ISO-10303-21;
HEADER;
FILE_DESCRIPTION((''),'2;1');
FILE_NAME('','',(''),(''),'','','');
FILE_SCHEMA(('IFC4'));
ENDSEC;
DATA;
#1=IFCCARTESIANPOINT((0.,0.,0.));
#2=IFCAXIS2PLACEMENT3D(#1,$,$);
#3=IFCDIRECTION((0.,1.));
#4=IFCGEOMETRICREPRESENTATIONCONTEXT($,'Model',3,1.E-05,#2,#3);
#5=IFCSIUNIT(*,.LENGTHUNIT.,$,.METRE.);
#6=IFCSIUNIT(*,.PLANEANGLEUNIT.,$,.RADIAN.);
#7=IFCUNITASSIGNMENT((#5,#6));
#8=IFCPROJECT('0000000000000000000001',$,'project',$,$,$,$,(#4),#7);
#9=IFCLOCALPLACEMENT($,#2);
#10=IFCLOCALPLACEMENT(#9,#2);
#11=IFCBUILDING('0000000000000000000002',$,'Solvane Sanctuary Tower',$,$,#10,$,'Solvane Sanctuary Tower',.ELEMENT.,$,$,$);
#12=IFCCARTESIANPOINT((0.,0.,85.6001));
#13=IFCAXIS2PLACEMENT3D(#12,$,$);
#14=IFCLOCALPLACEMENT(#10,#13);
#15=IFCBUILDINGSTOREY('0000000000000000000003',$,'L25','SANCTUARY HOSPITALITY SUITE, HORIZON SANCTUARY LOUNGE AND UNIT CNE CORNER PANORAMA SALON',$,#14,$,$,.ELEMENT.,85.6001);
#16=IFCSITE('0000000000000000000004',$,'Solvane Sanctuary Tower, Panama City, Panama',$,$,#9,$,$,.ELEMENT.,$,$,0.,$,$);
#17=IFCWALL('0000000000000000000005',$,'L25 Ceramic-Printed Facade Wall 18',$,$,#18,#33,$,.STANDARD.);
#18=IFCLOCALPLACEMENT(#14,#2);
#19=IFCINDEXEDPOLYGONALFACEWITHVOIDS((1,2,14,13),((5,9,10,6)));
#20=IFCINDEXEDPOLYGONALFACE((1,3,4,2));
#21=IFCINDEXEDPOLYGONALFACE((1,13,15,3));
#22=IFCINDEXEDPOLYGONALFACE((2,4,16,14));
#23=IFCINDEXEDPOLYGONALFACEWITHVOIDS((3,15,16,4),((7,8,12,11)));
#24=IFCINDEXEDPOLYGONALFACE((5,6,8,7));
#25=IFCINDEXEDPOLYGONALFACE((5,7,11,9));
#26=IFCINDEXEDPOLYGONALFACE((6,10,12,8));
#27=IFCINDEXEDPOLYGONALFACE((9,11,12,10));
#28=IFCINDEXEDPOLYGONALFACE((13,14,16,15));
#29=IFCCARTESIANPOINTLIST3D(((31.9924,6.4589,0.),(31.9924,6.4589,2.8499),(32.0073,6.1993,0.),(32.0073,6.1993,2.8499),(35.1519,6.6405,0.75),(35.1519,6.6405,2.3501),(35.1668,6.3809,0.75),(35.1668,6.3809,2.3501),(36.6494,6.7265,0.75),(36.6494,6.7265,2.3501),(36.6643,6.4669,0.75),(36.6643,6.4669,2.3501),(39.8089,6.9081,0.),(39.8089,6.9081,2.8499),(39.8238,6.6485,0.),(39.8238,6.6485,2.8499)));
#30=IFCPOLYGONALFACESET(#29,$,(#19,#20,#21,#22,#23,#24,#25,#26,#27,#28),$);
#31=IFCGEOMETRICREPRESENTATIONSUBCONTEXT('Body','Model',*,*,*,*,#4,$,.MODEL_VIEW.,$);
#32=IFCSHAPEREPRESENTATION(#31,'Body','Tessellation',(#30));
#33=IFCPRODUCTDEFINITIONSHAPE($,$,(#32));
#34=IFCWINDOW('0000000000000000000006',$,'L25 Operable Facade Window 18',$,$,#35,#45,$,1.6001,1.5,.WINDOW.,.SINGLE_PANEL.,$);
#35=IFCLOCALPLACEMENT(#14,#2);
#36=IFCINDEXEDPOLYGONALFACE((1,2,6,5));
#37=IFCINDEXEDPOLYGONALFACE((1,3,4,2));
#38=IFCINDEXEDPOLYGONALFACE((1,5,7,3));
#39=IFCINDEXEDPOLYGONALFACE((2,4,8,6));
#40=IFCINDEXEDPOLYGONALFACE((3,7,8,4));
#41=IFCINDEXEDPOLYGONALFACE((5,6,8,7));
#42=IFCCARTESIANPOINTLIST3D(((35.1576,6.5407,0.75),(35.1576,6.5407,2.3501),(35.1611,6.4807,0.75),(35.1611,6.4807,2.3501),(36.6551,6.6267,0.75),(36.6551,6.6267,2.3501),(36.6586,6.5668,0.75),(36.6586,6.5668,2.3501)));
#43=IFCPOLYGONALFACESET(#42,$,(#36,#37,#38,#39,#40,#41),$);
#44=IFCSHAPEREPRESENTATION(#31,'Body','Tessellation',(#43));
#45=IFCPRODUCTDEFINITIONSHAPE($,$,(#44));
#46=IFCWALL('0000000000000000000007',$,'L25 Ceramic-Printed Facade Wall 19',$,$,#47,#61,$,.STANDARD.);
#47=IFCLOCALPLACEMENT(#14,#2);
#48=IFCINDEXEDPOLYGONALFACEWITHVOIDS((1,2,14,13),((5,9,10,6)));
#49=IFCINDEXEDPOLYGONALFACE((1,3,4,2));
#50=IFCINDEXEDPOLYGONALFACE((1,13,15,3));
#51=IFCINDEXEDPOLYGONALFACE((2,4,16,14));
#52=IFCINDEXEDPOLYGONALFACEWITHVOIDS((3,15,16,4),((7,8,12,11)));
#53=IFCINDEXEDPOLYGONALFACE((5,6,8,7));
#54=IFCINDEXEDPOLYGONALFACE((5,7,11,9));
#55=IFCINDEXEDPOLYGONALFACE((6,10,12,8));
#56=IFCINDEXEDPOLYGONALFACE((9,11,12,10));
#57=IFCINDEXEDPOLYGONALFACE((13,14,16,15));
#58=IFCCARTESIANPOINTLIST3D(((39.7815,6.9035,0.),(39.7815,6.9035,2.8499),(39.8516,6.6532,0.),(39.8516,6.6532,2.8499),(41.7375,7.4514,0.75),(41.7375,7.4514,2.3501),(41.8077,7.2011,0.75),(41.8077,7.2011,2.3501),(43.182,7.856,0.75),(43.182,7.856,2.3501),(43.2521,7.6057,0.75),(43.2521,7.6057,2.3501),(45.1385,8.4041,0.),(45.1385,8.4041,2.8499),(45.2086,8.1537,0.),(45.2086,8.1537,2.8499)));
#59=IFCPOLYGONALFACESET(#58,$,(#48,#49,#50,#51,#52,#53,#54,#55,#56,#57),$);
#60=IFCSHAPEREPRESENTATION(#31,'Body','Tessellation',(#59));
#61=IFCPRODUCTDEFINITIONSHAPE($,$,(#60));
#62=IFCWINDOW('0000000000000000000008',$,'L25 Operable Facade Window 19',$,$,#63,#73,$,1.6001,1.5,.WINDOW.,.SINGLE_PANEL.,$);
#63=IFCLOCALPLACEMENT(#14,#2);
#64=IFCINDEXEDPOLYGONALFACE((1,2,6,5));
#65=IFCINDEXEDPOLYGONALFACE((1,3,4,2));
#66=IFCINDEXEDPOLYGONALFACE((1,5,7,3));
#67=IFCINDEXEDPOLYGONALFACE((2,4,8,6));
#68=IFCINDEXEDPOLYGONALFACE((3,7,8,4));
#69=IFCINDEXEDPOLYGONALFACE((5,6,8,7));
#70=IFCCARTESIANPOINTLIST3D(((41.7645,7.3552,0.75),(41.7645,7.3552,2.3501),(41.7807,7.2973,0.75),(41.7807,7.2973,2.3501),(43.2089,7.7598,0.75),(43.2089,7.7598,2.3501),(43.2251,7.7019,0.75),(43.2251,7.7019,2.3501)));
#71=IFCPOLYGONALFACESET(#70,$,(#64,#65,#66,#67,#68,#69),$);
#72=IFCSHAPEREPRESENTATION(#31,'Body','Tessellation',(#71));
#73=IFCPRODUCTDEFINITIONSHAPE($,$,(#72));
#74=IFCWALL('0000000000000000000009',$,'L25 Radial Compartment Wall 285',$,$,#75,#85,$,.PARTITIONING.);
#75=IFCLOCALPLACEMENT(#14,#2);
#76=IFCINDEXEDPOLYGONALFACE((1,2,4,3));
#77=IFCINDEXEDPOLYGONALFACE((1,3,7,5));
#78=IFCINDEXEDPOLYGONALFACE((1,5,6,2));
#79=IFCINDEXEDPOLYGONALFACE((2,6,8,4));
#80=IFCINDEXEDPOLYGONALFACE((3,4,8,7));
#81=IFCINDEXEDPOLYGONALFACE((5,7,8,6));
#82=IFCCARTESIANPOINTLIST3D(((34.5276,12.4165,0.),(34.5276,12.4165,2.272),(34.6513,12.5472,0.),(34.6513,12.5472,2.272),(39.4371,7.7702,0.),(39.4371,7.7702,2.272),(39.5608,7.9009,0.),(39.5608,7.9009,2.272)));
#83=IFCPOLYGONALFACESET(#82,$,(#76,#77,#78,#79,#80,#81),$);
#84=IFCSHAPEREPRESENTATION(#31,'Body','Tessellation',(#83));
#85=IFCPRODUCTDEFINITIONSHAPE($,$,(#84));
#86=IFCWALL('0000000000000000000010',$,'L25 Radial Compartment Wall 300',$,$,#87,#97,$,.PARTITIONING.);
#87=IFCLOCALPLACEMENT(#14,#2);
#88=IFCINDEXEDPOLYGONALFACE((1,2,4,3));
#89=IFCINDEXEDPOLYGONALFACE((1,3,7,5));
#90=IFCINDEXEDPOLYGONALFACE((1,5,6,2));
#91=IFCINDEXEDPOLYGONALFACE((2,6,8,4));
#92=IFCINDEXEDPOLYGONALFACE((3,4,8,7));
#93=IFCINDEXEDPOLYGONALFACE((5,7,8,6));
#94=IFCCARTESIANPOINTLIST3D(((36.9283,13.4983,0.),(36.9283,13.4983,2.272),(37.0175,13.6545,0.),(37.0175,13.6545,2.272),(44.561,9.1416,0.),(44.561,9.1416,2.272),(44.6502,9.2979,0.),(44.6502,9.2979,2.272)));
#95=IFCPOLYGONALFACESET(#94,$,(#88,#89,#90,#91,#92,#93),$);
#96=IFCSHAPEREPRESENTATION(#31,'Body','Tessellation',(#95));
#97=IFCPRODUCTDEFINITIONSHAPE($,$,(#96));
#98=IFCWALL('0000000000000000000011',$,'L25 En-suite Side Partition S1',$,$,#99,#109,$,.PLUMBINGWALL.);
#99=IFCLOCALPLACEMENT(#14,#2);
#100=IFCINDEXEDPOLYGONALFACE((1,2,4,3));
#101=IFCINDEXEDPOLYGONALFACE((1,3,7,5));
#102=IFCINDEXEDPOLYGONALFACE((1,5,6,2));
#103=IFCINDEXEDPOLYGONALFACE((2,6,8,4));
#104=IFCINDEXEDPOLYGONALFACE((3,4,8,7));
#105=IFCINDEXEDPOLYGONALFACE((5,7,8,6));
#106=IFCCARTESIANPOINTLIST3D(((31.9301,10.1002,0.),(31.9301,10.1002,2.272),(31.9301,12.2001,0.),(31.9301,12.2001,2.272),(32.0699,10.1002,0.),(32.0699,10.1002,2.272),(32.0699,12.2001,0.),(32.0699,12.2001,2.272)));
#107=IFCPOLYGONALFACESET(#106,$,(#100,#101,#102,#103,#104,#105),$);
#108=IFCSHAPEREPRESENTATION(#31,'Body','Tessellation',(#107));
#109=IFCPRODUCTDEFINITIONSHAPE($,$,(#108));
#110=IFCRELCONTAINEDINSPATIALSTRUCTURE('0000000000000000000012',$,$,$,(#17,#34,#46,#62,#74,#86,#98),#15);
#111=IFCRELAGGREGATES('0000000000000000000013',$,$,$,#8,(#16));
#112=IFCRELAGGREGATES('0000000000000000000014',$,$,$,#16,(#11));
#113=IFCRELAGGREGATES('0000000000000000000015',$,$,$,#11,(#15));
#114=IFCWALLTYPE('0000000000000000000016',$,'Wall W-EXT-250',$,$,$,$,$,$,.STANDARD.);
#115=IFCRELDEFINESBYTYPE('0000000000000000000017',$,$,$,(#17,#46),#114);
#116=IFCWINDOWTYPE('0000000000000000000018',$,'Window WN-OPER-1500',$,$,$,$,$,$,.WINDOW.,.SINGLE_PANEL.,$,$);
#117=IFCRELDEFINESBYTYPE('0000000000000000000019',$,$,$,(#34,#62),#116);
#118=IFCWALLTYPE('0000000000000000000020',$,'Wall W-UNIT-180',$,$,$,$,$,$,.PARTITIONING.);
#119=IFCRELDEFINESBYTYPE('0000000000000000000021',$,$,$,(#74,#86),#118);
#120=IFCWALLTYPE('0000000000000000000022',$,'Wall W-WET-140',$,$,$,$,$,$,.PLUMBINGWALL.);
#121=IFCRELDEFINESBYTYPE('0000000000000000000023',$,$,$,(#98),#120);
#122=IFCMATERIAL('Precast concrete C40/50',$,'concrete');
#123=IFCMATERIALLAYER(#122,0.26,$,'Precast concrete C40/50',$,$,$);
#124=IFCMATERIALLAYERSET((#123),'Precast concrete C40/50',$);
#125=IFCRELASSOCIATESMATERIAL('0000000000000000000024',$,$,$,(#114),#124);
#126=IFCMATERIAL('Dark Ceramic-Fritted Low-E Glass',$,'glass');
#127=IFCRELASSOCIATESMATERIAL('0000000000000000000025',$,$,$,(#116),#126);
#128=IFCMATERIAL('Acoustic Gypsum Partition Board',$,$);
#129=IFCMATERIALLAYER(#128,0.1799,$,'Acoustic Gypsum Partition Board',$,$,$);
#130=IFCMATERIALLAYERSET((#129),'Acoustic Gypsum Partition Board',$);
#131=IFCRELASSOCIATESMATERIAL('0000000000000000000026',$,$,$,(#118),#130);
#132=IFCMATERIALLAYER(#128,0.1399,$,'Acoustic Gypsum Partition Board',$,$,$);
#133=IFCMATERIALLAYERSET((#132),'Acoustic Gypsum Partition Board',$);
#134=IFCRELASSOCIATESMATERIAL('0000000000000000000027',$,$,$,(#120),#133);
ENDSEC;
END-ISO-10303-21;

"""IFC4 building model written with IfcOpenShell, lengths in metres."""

from ifc_helpers import new_model, si_unit, direction, frame, frame_2d, origin, place, context, subcontext, project, spatial, rectangle, extrude, material, layer, layer_set, type_object, element, fill, save


model = new_model("IFC4")

# Units and contexts
model_context = context("Model", 3, precision=1e-05, world=origin(), true_north=direction((0.0, 1.0)))
body_context = subcontext(model_context, "Body", "Model", "MODEL_VIEW")
ifc_project = project(units=[si_unit("LENGTHUNIT", "METRE"), si_unit("PLANEANGLEUNIT", "RADIAN")], contexts=[model_context])

# Site, building, storey
site_placement = place(None, origin())
site = spatial("IfcSite", under=ifc_project, at=site_placement, Name="Solvane Sanctuary Tower, Panama City, Panama", CompositionType="ELEMENT", RefElevation=0.0)
building_placement = place(site_placement, origin())
building = spatial("IfcBuilding", under=site, at=building_placement, Name="Solvane Sanctuary Tower", LongName="Solvane Sanctuary Tower", CompositionType="ELEMENT")
storey_placement = place(building_placement, frame((0.0, 0.0, 85.6001)))
storey = spatial("IfcBuildingStorey", under=building, at=storey_placement, Name="L25", Description="SANCTUARY HOSPITALITY SUITE, HORIZON SANCTUARY LOUNGE AND UNIT CNE CORNER PANORAMA SALON", CompositionType="ELEMENT", Elevation=85.6001)

# Shared definitions
ifc_material_1 = material(Name="Acoustic Gypsum Partition Board")

# Walls, openings, windows
ifc_material_2 = material(Name="Precast concrete C40/50", Category="concrete")
ifc_layer_1 = layer(ifc_material_2, 0.26, Name="Precast concrete C40/50")
ifc_layer_set_1 = layer_set([ifc_layer_1], Name="Precast concrete C40/50")
wall_type_1 = type_object("IfcWallType", Name="Wall W-EXT-250", PredefinedType="STANDARD", material=ifc_layer_set_1)
wall_1_placement = place(storey_placement, frame((32.0, 6.3291, 0.0), z_axis=(0.0, 0.0, 1.0), x_axis=(0.998353, 0.057377, 0.0)))
wall_1 = element("IfcWall", 1, at=wall_1_placement, inside=storey, type_object=wall_type_1, Name="L25 Ceramic-Printed Facade Wall 18", PredefinedType="STANDARD", context=body_context, shape_type="SweptSolid", body=[
    extrude(rectangle(XDim=7.8293, YDim=0.26, at=frame_2d((3.9146, 0.0))), origin(), (0.0, 0.0, 1.0), 2.8499),
])
opening_1_placement = place(wall_1_placement, frame((3.1646, 0.0, 0.75)))
opening_1 = element("IfcOpeningElement", 2, at=opening_1_placement, cuts=wall_1, PredefinedType="OPENING", context=body_context, shape_type="SweptSolid", body=[
    extrude(rectangle(XDim=1.5, YDim=1.6001, at=frame_2d((0.75, 0.8))), frame((0.0, 0.1399, 0.0), z_axis=(0.0, -1.0, 0.0), x_axis=(1.0, 0.0, 0.0)), (0.0, 0.0, 1.0), 0.28),
])
ifc_material_3 = material(Name="Dark Ceramic-Fritted Low-E Glass", Category="glass")
window_type = type_object("IfcWindowType", Name="Window WN-OPER-1500", PartitioningType="SINGLE_PANEL", PredefinedType="WINDOW", material=ifc_material_3)
window_1_placement = place(opening_1_placement, origin())
window_1 = element("IfcWindow", 3, at=window_1_placement, inside=storey, type_object=window_type, Name="L25 Operable Facade Window 18", OverallHeight=1.6001, OverallWidth=1.5, PartitioningType="SINGLE_PANEL", PredefinedType="WINDOW", context=body_context, shape_type="SweptSolid", body=[
    extrude(rectangle(XDim=1.5, YDim=1.6001, at=frame_2d((0.75, 0.8))), frame((0.0, 0.03, 0.0), z_axis=(0.0, -1.0, 0.0), x_axis=(1.0, 0.0, 0.0)), (0.0, 0.0, 1.0), 0.0601),
])
fill(opening_1, window_1)
wall_2_placement = place(storey_placement, frame((39.8164, 6.7783, 0.0), z_axis=(0.0, 0.0, 1.0), x_axis=(0.962938, 0.269721, 0.0)))
wall_2 = element("IfcWall", 4, at=wall_2_placement, inside=storey, type_object=wall_type_1, Name="L25 Ceramic-Printed Facade Wall 19", PredefinedType="STANDARD", context=body_context, shape_type="SweptSolid", body=[
    extrude(rectangle(XDim=5.5632, YDim=0.26, at=frame_2d((2.7817, 0.0))), origin(), (0.0, 0.0, 1.0), 2.8499),
])
opening_2_placement = place(wall_2_placement, frame((2.0315, 0.0, 0.75)))
opening_2 = element("IfcOpeningElement", 5, at=opening_2_placement, cuts=wall_2, PredefinedType="OPENING", context=body_context, shape_type="SweptSolid", body=[
    extrude(rectangle(XDim=1.5, YDim=1.6001, at=frame_2d((0.75, 0.8))), frame((0.0, 0.1399, 0.0), z_axis=(0.0, -1.0, 0.0), x_axis=(1.0, 0.0, 0.0)), (0.0, 0.0, 1.0), 0.28),
])
window_2_placement = place(opening_2_placement, origin())
window_2 = element("IfcWindow", 6, at=window_2_placement, inside=storey, type_object=window_type, Name="L25 Operable Facade Window 19", OverallHeight=1.6001, OverallWidth=1.5, PartitioningType="SINGLE_PANEL", PredefinedType="WINDOW", context=body_context, shape_type="SweptSolid", body=[
    extrude(rectangle(XDim=1.5, YDim=1.6001, at=frame_2d((0.75, 0.8))), frame((0.0, 0.03, 0.0), z_axis=(0.0, -1.0, 0.0), x_axis=(1.0, 0.0, 0.0)), (0.0, 0.0, 1.0), 0.0601),
])
fill(opening_2, window_2)

# Walls
ifc_layer_2 = layer(ifc_material_1, 0.1799, Name="Acoustic Gypsum Partition Board")
ifc_layer_set_2 = layer_set([ifc_layer_2], Name="Acoustic Gypsum Partition Board")
wall_type_2 = type_object("IfcWallType", Name="Wall W-UNIT-180", PredefinedType="PARTITIONING", material=ifc_layer_set_2)
wall_3_placement = place(storey_placement, frame((34.5894, 12.4819, 0.0), z_axis=(0.0, 0.0, 1.0), x_axis=(0.726307, -0.687371, 0.0)))
element("IfcWall", 7, at=wall_3_placement, inside=storey, type_object=wall_type_2, Name="L25 Radial Compartment Wall 285", PredefinedType="PARTITIONING", context=body_context, shape_type="SweptSolid", body=[
    extrude(rectangle(XDim=6.7595, YDim=0.1799, at=frame_2d((3.3799, 0.0))), origin(), (0.0, 0.0, 1.0), 2.272),
])
wall_4_placement = place(storey_placement, frame((36.9729, 13.5764, 0.0), z_axis=(0.0, 0.0, 1.0), x_axis=(0.868484, -0.495717, 0.0)))
element("IfcWall", 8, at=wall_4_placement, inside=storey, type_object=wall_type_2, Name="L25 Radial Compartment Wall 300", PredefinedType="PARTITIONING", context=body_context, shape_type="SweptSolid", body=[
    extrude(rectangle(XDim=8.7886, YDim=0.1799, at=frame_2d((4.3943, 0.0))), origin(), (0.0, 0.0, 1.0), 2.272),
])
ifc_layer_3 = layer(ifc_material_1, 0.1399, Name="Acoustic Gypsum Partition Board")
ifc_layer_set_3 = layer_set([ifc_layer_3], Name="Acoustic Gypsum Partition Board")
wall_type_3 = type_object("IfcWallType", Name="Wall W-WET-140", PredefinedType="PLUMBINGWALL", material=ifc_layer_set_3)
wall_5_placement = place(storey_placement, frame((32.0, 12.2, 0.0), z_axis=(0.0, 0.0, 1.0), x_axis=(0.0, -1.0, 0.0)))
element("IfcWall", 9, at=wall_5_placement, inside=storey, type_object=wall_type_3, Name="L25 En-suite Side Partition S1", PredefinedType="PLUMBINGWALL", context=body_context, shape_type="SweptSolid", body=[
    extrude(rectangle(XDim=2.0999, YDim=0.1399, at=frame_2d((1.0498, 0.0))), origin(), (0.0, 0.0, 1.0), 2.272),
])

save(model, "model.ifc")
